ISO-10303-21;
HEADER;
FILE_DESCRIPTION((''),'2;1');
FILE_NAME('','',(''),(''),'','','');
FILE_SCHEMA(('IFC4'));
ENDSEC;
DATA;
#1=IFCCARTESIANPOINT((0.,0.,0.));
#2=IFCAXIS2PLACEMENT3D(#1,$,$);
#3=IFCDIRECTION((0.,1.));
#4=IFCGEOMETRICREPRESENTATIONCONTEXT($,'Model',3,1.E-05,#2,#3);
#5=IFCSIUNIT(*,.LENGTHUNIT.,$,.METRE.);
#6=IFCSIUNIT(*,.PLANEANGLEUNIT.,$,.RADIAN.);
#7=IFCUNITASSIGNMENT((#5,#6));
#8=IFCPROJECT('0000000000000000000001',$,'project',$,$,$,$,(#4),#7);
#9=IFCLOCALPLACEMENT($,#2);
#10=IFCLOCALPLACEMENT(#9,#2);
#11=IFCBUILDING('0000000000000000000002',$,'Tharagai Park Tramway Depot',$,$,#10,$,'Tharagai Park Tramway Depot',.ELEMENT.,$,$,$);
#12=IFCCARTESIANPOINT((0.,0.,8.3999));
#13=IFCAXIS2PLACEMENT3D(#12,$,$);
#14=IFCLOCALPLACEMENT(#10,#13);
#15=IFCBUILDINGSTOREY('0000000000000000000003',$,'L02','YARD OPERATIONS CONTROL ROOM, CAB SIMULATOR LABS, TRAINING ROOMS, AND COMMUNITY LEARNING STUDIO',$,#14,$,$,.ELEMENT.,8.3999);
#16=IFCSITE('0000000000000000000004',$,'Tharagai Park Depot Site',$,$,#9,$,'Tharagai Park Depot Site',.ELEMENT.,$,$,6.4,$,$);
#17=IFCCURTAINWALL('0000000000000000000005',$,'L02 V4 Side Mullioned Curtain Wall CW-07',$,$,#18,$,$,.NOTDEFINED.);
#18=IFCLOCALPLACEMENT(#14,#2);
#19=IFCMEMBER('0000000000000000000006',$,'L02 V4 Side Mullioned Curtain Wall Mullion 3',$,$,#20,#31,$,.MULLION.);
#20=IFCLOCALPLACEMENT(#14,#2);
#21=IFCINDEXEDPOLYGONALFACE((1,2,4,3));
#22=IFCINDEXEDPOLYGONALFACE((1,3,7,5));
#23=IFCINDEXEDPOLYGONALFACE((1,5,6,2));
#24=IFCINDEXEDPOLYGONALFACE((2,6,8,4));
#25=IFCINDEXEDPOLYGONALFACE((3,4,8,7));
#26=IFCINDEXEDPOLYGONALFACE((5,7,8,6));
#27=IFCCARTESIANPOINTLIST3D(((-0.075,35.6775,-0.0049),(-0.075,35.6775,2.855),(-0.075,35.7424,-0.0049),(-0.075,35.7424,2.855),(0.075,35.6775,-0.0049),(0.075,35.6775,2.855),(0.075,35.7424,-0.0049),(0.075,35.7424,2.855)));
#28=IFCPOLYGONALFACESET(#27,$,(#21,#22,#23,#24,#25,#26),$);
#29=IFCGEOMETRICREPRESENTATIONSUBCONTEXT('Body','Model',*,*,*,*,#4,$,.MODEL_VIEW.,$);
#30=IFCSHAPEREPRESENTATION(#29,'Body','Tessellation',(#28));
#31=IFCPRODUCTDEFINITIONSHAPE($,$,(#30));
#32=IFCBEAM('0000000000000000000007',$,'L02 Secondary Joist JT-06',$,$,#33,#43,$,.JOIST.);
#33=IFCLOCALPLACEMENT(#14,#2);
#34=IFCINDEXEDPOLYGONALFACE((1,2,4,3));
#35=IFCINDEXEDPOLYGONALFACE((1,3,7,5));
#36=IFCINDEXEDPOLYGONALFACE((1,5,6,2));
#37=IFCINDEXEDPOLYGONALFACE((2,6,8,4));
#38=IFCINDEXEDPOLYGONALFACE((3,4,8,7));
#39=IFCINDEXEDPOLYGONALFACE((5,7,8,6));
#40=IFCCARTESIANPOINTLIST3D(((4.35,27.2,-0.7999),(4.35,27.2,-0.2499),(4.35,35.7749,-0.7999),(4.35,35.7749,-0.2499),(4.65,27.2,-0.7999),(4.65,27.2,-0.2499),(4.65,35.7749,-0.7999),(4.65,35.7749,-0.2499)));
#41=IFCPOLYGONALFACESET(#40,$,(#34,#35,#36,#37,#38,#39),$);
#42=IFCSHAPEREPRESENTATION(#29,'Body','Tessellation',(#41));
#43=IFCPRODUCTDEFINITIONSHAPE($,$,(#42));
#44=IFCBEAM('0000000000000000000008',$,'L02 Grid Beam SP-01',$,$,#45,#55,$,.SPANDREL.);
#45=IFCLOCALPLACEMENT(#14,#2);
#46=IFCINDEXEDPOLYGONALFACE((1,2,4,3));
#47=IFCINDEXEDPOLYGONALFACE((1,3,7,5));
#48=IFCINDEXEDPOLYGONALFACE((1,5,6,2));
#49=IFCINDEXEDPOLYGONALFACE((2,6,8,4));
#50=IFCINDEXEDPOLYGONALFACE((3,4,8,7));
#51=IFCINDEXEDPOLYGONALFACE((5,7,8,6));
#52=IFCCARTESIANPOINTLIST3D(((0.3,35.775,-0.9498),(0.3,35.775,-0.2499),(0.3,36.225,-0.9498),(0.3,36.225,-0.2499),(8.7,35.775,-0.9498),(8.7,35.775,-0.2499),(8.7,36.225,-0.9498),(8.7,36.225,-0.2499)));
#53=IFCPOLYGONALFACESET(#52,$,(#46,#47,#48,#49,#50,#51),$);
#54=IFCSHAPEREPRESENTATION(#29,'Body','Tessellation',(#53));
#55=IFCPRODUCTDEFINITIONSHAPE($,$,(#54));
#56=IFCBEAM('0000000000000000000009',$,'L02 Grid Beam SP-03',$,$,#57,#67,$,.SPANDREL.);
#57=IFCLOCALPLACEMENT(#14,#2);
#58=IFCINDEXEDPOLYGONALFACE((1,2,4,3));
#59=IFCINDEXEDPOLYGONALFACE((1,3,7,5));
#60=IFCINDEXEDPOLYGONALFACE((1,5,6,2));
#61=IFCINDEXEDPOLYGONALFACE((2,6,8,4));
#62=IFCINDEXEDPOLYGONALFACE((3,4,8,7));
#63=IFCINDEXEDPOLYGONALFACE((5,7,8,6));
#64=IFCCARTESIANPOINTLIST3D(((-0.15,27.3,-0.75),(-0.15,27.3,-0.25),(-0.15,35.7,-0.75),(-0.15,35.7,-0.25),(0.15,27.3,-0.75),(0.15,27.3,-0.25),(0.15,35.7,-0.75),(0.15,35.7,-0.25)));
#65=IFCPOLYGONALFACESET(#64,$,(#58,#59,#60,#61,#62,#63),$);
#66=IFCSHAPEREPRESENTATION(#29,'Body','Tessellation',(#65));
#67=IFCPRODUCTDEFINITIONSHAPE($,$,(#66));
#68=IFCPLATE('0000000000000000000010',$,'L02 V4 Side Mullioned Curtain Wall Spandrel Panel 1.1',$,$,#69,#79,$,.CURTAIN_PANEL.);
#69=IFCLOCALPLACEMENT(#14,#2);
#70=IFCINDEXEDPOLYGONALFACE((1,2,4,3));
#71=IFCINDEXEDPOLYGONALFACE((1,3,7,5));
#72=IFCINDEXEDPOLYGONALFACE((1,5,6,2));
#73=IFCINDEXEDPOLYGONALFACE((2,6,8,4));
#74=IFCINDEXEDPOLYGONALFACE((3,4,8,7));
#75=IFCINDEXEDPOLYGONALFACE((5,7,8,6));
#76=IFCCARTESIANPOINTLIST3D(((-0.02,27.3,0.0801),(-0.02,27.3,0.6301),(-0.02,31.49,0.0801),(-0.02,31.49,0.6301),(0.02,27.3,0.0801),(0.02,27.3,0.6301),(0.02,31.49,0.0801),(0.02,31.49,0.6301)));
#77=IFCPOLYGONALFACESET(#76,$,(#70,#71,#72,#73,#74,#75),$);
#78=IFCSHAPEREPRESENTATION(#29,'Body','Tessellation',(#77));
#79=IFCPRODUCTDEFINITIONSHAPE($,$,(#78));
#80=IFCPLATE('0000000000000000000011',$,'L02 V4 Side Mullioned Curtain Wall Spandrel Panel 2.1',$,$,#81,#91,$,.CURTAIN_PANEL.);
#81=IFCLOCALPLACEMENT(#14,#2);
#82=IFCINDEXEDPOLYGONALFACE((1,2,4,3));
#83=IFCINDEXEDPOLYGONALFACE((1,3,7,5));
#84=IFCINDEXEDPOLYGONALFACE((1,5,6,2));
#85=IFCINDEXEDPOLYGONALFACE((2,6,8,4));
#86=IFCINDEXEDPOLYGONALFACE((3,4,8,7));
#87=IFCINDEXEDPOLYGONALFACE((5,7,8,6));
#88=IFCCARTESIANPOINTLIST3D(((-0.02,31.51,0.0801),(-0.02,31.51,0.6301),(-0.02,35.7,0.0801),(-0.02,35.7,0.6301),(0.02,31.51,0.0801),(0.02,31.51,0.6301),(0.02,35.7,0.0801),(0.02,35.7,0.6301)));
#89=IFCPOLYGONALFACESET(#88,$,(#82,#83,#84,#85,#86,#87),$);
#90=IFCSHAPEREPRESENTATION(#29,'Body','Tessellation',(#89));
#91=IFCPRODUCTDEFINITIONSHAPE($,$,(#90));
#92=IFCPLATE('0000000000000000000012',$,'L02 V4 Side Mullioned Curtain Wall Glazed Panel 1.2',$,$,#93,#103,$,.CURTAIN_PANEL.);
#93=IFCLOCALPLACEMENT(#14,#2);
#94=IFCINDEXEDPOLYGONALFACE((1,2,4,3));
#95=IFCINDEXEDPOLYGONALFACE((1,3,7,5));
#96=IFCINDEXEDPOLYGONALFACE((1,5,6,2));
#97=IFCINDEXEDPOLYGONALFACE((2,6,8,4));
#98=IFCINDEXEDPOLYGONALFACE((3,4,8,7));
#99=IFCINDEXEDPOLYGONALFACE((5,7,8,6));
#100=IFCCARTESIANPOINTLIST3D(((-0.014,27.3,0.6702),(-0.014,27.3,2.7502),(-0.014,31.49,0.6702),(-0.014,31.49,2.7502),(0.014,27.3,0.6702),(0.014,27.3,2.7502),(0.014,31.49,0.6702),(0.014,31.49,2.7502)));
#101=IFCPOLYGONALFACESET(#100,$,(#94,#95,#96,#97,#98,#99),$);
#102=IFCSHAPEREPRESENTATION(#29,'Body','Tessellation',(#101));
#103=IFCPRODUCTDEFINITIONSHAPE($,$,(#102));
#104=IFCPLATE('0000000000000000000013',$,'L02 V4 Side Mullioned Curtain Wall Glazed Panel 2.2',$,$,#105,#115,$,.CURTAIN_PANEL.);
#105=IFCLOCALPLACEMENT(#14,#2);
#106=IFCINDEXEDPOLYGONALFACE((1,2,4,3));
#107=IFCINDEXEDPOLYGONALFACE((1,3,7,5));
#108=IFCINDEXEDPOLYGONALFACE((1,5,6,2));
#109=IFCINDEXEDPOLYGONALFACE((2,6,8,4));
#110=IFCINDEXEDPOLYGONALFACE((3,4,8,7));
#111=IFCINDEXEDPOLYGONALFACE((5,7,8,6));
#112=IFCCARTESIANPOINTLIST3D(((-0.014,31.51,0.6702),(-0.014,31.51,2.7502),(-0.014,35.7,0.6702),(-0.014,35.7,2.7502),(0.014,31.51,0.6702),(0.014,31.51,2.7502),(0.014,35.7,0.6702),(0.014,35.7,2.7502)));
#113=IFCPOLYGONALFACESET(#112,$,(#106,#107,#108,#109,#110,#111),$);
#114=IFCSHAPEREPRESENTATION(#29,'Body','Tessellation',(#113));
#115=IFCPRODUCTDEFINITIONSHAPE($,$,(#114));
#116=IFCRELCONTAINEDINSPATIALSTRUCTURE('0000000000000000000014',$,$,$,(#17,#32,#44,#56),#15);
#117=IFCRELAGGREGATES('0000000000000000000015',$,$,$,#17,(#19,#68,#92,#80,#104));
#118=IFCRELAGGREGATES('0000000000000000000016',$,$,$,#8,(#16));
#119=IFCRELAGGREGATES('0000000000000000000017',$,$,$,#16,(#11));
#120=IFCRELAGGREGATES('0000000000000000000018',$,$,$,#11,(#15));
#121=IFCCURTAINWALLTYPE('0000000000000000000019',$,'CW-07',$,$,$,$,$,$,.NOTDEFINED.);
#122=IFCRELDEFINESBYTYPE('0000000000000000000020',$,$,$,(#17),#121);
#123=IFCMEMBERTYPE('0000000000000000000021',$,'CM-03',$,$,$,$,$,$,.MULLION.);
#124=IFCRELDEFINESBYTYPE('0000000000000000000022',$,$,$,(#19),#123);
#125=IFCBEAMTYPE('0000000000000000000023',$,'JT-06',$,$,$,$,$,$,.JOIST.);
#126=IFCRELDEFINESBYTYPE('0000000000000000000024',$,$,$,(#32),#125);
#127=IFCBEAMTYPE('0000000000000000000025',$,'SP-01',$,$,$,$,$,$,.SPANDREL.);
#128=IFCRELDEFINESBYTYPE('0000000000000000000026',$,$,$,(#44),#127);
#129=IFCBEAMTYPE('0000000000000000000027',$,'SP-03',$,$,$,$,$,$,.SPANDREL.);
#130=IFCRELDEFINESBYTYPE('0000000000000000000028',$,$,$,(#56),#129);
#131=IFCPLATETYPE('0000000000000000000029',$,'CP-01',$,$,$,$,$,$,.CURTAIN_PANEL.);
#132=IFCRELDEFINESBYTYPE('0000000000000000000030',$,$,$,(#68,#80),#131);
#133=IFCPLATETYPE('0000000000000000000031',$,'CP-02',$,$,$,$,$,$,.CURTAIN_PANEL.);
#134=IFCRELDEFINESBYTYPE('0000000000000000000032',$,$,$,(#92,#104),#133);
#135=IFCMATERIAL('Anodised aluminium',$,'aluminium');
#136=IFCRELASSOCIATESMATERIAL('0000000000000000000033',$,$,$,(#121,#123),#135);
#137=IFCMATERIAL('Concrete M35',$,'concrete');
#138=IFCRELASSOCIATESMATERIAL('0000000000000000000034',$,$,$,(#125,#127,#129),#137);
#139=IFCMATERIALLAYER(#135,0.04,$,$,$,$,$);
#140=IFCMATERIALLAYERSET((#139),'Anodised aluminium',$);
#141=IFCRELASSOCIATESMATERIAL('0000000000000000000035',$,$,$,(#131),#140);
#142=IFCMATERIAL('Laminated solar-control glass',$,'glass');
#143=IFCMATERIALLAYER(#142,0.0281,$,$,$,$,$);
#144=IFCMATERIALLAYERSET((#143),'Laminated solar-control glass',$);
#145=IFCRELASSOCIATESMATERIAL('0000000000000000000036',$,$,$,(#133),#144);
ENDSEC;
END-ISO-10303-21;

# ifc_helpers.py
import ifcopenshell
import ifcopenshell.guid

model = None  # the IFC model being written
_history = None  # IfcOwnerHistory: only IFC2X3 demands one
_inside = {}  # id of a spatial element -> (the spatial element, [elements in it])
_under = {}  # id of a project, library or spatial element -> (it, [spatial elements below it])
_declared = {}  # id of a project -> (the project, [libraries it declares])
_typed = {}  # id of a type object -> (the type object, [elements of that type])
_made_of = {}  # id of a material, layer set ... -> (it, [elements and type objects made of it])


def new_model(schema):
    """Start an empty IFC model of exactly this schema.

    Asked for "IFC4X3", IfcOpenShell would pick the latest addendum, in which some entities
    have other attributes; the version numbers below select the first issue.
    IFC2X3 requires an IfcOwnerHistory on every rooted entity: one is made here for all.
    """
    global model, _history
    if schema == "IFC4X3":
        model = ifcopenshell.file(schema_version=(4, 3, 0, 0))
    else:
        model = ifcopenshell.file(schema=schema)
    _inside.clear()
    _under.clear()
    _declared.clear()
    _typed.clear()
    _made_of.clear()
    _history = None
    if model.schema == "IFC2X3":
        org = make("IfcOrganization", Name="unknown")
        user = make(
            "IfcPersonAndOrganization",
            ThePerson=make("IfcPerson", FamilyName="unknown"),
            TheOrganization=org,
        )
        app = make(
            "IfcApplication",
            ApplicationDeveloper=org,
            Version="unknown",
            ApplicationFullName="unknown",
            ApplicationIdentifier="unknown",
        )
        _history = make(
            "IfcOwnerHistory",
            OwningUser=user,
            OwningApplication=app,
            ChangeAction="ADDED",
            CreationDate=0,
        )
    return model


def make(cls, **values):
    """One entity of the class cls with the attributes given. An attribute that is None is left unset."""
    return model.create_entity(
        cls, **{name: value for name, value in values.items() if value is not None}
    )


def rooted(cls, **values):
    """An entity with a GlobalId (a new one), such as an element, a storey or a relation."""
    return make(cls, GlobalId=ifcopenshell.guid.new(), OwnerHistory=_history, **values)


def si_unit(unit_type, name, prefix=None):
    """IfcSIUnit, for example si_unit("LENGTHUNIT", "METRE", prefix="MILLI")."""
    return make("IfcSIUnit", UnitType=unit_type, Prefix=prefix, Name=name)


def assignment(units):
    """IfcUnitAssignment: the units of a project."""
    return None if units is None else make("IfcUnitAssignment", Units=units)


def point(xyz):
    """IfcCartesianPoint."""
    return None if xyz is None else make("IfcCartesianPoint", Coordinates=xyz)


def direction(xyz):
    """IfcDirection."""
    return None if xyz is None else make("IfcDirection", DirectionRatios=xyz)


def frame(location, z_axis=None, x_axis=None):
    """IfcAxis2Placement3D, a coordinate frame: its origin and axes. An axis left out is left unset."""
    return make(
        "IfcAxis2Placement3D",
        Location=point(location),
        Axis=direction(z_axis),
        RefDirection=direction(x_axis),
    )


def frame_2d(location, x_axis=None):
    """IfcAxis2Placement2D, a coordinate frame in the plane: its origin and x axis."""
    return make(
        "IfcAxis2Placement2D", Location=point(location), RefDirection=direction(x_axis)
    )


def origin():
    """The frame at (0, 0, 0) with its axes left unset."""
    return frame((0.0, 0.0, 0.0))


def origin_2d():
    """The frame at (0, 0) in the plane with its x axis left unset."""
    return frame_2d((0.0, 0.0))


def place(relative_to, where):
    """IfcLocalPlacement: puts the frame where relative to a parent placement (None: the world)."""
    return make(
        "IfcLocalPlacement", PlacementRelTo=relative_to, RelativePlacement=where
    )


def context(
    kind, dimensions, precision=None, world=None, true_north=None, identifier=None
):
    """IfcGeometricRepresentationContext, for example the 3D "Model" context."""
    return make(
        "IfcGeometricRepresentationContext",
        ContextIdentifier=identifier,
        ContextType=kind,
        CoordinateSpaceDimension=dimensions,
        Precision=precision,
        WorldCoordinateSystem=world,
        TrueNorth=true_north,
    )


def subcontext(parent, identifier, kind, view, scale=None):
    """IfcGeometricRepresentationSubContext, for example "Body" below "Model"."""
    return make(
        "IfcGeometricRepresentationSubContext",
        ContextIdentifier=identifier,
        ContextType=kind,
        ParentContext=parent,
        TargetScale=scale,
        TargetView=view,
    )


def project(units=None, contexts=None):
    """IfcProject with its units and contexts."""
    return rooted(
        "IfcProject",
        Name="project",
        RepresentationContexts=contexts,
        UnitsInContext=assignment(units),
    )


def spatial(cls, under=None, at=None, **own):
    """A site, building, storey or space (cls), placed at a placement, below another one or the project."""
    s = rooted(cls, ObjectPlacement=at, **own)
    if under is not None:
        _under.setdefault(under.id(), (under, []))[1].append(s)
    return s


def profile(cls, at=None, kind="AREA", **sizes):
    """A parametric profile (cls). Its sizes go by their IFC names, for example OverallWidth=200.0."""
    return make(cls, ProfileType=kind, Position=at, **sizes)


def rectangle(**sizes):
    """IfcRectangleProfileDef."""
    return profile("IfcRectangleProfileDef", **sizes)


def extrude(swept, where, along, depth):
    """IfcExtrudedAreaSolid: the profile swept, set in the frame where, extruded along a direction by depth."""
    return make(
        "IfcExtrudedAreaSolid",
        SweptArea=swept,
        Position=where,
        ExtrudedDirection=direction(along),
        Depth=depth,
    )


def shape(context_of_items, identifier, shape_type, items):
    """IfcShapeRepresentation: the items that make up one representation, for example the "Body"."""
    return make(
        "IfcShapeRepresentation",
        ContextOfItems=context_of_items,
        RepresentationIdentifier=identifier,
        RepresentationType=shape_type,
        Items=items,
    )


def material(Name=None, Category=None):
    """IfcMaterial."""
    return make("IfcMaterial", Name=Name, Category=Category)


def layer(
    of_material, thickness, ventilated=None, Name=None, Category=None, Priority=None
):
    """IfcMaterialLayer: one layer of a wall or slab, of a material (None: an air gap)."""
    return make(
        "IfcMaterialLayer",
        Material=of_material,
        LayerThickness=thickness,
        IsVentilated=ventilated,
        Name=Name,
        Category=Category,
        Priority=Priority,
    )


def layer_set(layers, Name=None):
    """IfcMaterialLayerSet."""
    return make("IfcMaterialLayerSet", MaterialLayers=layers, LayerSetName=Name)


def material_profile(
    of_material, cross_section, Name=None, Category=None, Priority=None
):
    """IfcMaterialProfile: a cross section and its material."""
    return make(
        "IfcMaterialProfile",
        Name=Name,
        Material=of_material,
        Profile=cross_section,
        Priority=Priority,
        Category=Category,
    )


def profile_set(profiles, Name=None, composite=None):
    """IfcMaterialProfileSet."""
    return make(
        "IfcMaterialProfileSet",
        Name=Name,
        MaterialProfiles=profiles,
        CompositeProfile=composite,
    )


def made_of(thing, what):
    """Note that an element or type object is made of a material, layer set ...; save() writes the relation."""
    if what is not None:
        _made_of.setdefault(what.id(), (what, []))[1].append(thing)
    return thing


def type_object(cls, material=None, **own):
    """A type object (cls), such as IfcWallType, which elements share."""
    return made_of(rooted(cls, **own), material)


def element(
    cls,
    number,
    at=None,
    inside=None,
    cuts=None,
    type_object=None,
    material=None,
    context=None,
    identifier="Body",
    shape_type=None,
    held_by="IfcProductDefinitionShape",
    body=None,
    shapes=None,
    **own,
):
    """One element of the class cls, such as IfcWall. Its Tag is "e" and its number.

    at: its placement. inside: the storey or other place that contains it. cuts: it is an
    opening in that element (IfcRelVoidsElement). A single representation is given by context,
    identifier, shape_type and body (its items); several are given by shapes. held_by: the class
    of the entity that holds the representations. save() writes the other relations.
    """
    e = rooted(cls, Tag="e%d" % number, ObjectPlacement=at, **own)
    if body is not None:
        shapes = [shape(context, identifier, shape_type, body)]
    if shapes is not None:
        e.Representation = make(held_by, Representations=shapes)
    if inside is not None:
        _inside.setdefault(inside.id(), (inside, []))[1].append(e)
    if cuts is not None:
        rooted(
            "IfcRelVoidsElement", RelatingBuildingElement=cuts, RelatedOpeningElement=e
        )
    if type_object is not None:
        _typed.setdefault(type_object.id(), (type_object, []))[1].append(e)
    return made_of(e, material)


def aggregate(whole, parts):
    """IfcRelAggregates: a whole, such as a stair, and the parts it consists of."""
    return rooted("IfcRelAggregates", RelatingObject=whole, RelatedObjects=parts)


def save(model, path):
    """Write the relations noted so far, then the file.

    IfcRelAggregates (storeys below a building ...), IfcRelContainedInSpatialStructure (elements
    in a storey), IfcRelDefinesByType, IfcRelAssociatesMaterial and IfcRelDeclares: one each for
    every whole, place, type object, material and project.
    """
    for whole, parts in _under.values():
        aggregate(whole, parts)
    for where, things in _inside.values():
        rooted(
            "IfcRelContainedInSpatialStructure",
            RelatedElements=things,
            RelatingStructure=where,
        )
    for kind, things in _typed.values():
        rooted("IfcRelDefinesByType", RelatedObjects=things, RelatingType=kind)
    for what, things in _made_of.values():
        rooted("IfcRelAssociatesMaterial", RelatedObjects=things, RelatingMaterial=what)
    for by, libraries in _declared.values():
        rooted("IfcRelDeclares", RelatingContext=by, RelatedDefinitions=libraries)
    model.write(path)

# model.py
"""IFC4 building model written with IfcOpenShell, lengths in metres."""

from ifc_helpers import new_model, si_unit, direction, frame, origin, origin_2d, place, context, subcontext, project, spatial, rectangle, extrude, material, layer, layer_set, material_profile, profile_set, type_object, element, aggregate, save


model = new_model("IFC4")

# Units and contexts
model_context = context("Model", 3, precision=1e-05, world=origin(), true_north=direction((0.0, 1.0)))
body_context = subcontext(model_context, "Body", "Model", "MODEL_VIEW")
ifc_project = project(units=[si_unit("LENGTHUNIT", "METRE"), si_unit("PLANEANGLEUNIT", "RADIAN")], contexts=[model_context])

# Site, building, storey
site_placement = place(None, origin())
site = spatial("IfcSite", under=ifc_project, at=site_placement, Name="Tharagai Park Depot Site", LongName="Tharagai Park Depot Site", CompositionType="ELEMENT", RefElevation=6.4)
building_placement = place(site_placement, origin())
building = spatial("IfcBuilding", under=site, at=building_placement, Name="Tharagai Park Tramway Depot", LongName="Tharagai Park Tramway Depot", CompositionType="ELEMENT")
storey_placement = place(building_placement, frame((0.0, 0.0, 8.3999)))
storey = spatial("IfcBuildingStorey", under=building, at=storey_placement, Name="L02", Description="YARD OPERATIONS CONTROL ROOM, CAB SIMULATOR LABS, TRAINING ROOMS, AND COMMUNITY LEARNING STUDIO", CompositionType="ELEMENT", Elevation=8.3999)

# Shared definitions
ifc_material_1 = material(Name="Concrete M35", Category="concrete")

# Curtain wall, member
ifc_material_2 = material(Name="Anodised aluminium", Category="aluminium")
curtain_wall_type = type_object("IfcCurtainWallType", Name="CW-07", PredefinedType="NOTDEFINED", material=ifc_material_2)
curtain_wall_placement = place(storey_placement, origin())
curtain_wall = element("IfcCurtainWall", 1, at=curtain_wall_placement, inside=storey, type_object=curtain_wall_type, Name="L02 V4 Side Mullioned Curtain Wall CW-07", PredefinedType="NOTDEFINED")
ifc_material_profile_1 = material_profile(ifc_material_2, rectangle(XDim=0.0649, YDim=0.1499, at=origin_2d()), Name="ALU 65x150")
ifc_profile_set_1 = profile_set([ifc_material_profile_1], Name="Anodised aluminium")
member_type_1 = type_object("IfcMemberType", Name="CM-03", PredefinedType="MULLION", material=ifc_profile_set_1)
member_1_placement = place(storey_placement, frame((0.0, 35.71, -0.0049), z_axis=(0.0, 0.0, 1.0), x_axis=(0.0, 1.0, 0.0)))
member_1 = element("IfcMember", 2, at=member_1_placement, type_object=member_type_1, Name="L02 V4 Side Mullioned Curtain Wall Mullion 3", PredefinedType="MULLION", context=body_context, shape_type="SweptSolid", body=[
    extrude(rectangle(XDim=0.0649, YDim=0.1499, at=origin_2d()), origin(), (0.0, 0.0, 1.0), 2.8599),
])

# Beams
ifc_material_profile_2 = material_profile(ifc_material_1, rectangle(XDim=0.3, YDim=0.55, at=origin_2d()), Name="RC 300x550")
ifc_profile_set_2 = profile_set([ifc_material_profile_2], Name="Concrete M35")
beam_type_1 = type_object("IfcBeamType", Name="JT-06", PredefinedType="JOIST", material=ifc_profile_set_2)
beam_1_placement = place(storey_placement, frame((4.5, 27.2, -0.5249), z_axis=(0.0, 1.0, 0.0), x_axis=(-1.0, 0.0, 0.0)))
element("IfcBeam", 3, at=beam_1_placement, inside=storey, type_object=beam_type_1, Name="L02 Secondary Joist JT-06", PredefinedType="JOIST", context=body_context, shape_type="SweptSolid", body=[
    extrude(rectangle(XDim=0.3, YDim=0.55, at=origin_2d()), origin(), (0.0, 0.0, 1.0), 8.575),
])
ifc_material_profile_3 = material_profile(ifc_material_1, rectangle(XDim=0.45, YDim=0.7, at=origin_2d()), Name="RC 450x700")
ifc_profile_set_3 = profile_set([ifc_material_profile_3], Name="Concrete M35")
beam_type_2 = type_object("IfcBeamType", Name="SP-01", PredefinedType="SPANDREL", material=ifc_profile_set_3)
beam_2_placement = place(storey_placement, frame((0.3, 36.0, -0.5999), z_axis=(1.0, 0.0, 0.0), x_axis=(0.0, 1.0, 0.0)))
element("IfcBeam", 4, at=beam_2_placement, inside=storey, type_object=beam_type_2, Name="L02 Grid Beam SP-01", PredefinedType="SPANDREL", context=body_context, shape_type="SweptSolid", body=[
    extrude(rectangle(XDim=0.45, YDim=0.7, at=origin_2d()), origin(), (0.0, 0.0, 1.0), 8.3999),
])
ifc_material_profile_4 = material_profile(ifc_material_1, rectangle(XDim=0.3, YDim=0.5, at=origin_2d()), Name="RC 300x500")
ifc_profile_set_4 = profile_set([ifc_material_profile_4], Name="Concrete M35")
beam_type_3 = type_object("IfcBeamType", Name="SP-03", PredefinedType="SPANDREL", material=ifc_profile_set_4)
beam_3_placement = place(storey_placement, frame((0.0, 27.3, -0.5), z_axis=(0.0, 1.0, 0.0), x_axis=(-1.0, 0.0, 0.0)))
element("IfcBeam", 5, at=beam_3_placement, inside=storey, type_object=beam_type_3, Name="L02 Grid Beam SP-03", PredefinedType="SPANDREL", context=body_context, shape_type="SweptSolid", body=[
    extrude(rectangle(XDim=0.3, YDim=0.5, at=origin_2d()), origin(), (0.0, 0.0, 1.0), 8.3999),
])

# Plates
ifc_layer_1 = layer(ifc_material_2, 0.04)
ifc_layer_set_1 = layer_set([ifc_layer_1], Name="Anodised aluminium")
plate_type_1 = type_object("IfcPlateType", Name="CP-01", PredefinedType="CURTAIN_PANEL", material=ifc_layer_set_1)
plate_1_placement = place(storey_placement, frame((0.0, 29.395, 0.0801), z_axis=(0.0, 0.0, 1.0), x_axis=(0.0, 1.0, 0.0)))
plate_1 = element("IfcPlate", 6, at=plate_1_placement, type_object=plate_type_1, Name="L02 V4 Side Mullioned Curtain Wall Spandrel Panel 1.1", PredefinedType="CURTAIN_PANEL", context=body_context, shape_type="SweptSolid", body=[
    extrude(rectangle(XDim=4.1899, YDim=0.04, at=origin_2d()), origin(), (0.0, 0.0, 1.0), 0.55),
])
plate_2_placement = place(storey_placement, frame((0.0, 33.605, 0.0801), z_axis=(0.0, 0.0, 1.0), x_axis=(0.0, 1.0, 0.0)))
plate_2 = element("IfcPlate", 7, at=plate_2_placement, type_object=plate_type_1, Name="L02 V4 Side Mullioned Curtain Wall Spandrel Panel 2.1", PredefinedType="CURTAIN_PANEL", context=body_context, shape_type="SweptSolid", body=[
    extrude(rectangle(XDim=4.1899, YDim=0.04, at=origin_2d()), origin(), (0.0, 0.0, 1.0), 0.55),
])
ifc_material_3 = material(Name="Laminated solar-control glass", Category="glass")
ifc_layer_2 = layer(ifc_material_3, 0.0281)
ifc_layer_set_2 = layer_set([ifc_layer_2], Name="Laminated solar-control glass")
plate_type_2 = type_object("IfcPlateType", Name="CP-02", PredefinedType="CURTAIN_PANEL", material=ifc_layer_set_2)
plate_3_placement = place(storey_placement, frame((0.0, 29.395, 0.6702), z_axis=(0.0, 0.0, 1.0), x_axis=(0.0, 1.0, 0.0)))
plate_3 = element("IfcPlate", 8, at=plate_3_placement, type_object=plate_type_2, Name="L02 V4 Side Mullioned Curtain Wall Glazed Panel 1.2", PredefinedType="CURTAIN_PANEL", context=body_context, shape_type="SweptSolid", body=[
    extrude(rectangle(XDim=4.1899, YDim=0.0281, at=origin_2d()), origin(), (0.0, 0.0, 1.0), 2.0801),
])
plate_4_placement = place(storey_placement, frame((0.0, 33.605, 0.6702), z_axis=(0.0, 0.0, 1.0), x_axis=(0.0, 1.0, 0.0)))
plate_4 = element("IfcPlate", 9, at=plate_4_placement, type_object=plate_type_2, Name="L02 V4 Side Mullioned Curtain Wall Glazed Panel 2.2", PredefinedType="CURTAIN_PANEL", context=body_context, shape_type="SweptSolid", body=[
    extrude(rectangle(XDim=4.1899, YDim=0.0281, at=origin_2d()), origin(), (0.0, 0.0, 1.0), 2.0801),
])
aggregate(curtain_wall, [member_1, plate_1, plate_3, plate_2, plate_4])

save(model, "model.ifc")
